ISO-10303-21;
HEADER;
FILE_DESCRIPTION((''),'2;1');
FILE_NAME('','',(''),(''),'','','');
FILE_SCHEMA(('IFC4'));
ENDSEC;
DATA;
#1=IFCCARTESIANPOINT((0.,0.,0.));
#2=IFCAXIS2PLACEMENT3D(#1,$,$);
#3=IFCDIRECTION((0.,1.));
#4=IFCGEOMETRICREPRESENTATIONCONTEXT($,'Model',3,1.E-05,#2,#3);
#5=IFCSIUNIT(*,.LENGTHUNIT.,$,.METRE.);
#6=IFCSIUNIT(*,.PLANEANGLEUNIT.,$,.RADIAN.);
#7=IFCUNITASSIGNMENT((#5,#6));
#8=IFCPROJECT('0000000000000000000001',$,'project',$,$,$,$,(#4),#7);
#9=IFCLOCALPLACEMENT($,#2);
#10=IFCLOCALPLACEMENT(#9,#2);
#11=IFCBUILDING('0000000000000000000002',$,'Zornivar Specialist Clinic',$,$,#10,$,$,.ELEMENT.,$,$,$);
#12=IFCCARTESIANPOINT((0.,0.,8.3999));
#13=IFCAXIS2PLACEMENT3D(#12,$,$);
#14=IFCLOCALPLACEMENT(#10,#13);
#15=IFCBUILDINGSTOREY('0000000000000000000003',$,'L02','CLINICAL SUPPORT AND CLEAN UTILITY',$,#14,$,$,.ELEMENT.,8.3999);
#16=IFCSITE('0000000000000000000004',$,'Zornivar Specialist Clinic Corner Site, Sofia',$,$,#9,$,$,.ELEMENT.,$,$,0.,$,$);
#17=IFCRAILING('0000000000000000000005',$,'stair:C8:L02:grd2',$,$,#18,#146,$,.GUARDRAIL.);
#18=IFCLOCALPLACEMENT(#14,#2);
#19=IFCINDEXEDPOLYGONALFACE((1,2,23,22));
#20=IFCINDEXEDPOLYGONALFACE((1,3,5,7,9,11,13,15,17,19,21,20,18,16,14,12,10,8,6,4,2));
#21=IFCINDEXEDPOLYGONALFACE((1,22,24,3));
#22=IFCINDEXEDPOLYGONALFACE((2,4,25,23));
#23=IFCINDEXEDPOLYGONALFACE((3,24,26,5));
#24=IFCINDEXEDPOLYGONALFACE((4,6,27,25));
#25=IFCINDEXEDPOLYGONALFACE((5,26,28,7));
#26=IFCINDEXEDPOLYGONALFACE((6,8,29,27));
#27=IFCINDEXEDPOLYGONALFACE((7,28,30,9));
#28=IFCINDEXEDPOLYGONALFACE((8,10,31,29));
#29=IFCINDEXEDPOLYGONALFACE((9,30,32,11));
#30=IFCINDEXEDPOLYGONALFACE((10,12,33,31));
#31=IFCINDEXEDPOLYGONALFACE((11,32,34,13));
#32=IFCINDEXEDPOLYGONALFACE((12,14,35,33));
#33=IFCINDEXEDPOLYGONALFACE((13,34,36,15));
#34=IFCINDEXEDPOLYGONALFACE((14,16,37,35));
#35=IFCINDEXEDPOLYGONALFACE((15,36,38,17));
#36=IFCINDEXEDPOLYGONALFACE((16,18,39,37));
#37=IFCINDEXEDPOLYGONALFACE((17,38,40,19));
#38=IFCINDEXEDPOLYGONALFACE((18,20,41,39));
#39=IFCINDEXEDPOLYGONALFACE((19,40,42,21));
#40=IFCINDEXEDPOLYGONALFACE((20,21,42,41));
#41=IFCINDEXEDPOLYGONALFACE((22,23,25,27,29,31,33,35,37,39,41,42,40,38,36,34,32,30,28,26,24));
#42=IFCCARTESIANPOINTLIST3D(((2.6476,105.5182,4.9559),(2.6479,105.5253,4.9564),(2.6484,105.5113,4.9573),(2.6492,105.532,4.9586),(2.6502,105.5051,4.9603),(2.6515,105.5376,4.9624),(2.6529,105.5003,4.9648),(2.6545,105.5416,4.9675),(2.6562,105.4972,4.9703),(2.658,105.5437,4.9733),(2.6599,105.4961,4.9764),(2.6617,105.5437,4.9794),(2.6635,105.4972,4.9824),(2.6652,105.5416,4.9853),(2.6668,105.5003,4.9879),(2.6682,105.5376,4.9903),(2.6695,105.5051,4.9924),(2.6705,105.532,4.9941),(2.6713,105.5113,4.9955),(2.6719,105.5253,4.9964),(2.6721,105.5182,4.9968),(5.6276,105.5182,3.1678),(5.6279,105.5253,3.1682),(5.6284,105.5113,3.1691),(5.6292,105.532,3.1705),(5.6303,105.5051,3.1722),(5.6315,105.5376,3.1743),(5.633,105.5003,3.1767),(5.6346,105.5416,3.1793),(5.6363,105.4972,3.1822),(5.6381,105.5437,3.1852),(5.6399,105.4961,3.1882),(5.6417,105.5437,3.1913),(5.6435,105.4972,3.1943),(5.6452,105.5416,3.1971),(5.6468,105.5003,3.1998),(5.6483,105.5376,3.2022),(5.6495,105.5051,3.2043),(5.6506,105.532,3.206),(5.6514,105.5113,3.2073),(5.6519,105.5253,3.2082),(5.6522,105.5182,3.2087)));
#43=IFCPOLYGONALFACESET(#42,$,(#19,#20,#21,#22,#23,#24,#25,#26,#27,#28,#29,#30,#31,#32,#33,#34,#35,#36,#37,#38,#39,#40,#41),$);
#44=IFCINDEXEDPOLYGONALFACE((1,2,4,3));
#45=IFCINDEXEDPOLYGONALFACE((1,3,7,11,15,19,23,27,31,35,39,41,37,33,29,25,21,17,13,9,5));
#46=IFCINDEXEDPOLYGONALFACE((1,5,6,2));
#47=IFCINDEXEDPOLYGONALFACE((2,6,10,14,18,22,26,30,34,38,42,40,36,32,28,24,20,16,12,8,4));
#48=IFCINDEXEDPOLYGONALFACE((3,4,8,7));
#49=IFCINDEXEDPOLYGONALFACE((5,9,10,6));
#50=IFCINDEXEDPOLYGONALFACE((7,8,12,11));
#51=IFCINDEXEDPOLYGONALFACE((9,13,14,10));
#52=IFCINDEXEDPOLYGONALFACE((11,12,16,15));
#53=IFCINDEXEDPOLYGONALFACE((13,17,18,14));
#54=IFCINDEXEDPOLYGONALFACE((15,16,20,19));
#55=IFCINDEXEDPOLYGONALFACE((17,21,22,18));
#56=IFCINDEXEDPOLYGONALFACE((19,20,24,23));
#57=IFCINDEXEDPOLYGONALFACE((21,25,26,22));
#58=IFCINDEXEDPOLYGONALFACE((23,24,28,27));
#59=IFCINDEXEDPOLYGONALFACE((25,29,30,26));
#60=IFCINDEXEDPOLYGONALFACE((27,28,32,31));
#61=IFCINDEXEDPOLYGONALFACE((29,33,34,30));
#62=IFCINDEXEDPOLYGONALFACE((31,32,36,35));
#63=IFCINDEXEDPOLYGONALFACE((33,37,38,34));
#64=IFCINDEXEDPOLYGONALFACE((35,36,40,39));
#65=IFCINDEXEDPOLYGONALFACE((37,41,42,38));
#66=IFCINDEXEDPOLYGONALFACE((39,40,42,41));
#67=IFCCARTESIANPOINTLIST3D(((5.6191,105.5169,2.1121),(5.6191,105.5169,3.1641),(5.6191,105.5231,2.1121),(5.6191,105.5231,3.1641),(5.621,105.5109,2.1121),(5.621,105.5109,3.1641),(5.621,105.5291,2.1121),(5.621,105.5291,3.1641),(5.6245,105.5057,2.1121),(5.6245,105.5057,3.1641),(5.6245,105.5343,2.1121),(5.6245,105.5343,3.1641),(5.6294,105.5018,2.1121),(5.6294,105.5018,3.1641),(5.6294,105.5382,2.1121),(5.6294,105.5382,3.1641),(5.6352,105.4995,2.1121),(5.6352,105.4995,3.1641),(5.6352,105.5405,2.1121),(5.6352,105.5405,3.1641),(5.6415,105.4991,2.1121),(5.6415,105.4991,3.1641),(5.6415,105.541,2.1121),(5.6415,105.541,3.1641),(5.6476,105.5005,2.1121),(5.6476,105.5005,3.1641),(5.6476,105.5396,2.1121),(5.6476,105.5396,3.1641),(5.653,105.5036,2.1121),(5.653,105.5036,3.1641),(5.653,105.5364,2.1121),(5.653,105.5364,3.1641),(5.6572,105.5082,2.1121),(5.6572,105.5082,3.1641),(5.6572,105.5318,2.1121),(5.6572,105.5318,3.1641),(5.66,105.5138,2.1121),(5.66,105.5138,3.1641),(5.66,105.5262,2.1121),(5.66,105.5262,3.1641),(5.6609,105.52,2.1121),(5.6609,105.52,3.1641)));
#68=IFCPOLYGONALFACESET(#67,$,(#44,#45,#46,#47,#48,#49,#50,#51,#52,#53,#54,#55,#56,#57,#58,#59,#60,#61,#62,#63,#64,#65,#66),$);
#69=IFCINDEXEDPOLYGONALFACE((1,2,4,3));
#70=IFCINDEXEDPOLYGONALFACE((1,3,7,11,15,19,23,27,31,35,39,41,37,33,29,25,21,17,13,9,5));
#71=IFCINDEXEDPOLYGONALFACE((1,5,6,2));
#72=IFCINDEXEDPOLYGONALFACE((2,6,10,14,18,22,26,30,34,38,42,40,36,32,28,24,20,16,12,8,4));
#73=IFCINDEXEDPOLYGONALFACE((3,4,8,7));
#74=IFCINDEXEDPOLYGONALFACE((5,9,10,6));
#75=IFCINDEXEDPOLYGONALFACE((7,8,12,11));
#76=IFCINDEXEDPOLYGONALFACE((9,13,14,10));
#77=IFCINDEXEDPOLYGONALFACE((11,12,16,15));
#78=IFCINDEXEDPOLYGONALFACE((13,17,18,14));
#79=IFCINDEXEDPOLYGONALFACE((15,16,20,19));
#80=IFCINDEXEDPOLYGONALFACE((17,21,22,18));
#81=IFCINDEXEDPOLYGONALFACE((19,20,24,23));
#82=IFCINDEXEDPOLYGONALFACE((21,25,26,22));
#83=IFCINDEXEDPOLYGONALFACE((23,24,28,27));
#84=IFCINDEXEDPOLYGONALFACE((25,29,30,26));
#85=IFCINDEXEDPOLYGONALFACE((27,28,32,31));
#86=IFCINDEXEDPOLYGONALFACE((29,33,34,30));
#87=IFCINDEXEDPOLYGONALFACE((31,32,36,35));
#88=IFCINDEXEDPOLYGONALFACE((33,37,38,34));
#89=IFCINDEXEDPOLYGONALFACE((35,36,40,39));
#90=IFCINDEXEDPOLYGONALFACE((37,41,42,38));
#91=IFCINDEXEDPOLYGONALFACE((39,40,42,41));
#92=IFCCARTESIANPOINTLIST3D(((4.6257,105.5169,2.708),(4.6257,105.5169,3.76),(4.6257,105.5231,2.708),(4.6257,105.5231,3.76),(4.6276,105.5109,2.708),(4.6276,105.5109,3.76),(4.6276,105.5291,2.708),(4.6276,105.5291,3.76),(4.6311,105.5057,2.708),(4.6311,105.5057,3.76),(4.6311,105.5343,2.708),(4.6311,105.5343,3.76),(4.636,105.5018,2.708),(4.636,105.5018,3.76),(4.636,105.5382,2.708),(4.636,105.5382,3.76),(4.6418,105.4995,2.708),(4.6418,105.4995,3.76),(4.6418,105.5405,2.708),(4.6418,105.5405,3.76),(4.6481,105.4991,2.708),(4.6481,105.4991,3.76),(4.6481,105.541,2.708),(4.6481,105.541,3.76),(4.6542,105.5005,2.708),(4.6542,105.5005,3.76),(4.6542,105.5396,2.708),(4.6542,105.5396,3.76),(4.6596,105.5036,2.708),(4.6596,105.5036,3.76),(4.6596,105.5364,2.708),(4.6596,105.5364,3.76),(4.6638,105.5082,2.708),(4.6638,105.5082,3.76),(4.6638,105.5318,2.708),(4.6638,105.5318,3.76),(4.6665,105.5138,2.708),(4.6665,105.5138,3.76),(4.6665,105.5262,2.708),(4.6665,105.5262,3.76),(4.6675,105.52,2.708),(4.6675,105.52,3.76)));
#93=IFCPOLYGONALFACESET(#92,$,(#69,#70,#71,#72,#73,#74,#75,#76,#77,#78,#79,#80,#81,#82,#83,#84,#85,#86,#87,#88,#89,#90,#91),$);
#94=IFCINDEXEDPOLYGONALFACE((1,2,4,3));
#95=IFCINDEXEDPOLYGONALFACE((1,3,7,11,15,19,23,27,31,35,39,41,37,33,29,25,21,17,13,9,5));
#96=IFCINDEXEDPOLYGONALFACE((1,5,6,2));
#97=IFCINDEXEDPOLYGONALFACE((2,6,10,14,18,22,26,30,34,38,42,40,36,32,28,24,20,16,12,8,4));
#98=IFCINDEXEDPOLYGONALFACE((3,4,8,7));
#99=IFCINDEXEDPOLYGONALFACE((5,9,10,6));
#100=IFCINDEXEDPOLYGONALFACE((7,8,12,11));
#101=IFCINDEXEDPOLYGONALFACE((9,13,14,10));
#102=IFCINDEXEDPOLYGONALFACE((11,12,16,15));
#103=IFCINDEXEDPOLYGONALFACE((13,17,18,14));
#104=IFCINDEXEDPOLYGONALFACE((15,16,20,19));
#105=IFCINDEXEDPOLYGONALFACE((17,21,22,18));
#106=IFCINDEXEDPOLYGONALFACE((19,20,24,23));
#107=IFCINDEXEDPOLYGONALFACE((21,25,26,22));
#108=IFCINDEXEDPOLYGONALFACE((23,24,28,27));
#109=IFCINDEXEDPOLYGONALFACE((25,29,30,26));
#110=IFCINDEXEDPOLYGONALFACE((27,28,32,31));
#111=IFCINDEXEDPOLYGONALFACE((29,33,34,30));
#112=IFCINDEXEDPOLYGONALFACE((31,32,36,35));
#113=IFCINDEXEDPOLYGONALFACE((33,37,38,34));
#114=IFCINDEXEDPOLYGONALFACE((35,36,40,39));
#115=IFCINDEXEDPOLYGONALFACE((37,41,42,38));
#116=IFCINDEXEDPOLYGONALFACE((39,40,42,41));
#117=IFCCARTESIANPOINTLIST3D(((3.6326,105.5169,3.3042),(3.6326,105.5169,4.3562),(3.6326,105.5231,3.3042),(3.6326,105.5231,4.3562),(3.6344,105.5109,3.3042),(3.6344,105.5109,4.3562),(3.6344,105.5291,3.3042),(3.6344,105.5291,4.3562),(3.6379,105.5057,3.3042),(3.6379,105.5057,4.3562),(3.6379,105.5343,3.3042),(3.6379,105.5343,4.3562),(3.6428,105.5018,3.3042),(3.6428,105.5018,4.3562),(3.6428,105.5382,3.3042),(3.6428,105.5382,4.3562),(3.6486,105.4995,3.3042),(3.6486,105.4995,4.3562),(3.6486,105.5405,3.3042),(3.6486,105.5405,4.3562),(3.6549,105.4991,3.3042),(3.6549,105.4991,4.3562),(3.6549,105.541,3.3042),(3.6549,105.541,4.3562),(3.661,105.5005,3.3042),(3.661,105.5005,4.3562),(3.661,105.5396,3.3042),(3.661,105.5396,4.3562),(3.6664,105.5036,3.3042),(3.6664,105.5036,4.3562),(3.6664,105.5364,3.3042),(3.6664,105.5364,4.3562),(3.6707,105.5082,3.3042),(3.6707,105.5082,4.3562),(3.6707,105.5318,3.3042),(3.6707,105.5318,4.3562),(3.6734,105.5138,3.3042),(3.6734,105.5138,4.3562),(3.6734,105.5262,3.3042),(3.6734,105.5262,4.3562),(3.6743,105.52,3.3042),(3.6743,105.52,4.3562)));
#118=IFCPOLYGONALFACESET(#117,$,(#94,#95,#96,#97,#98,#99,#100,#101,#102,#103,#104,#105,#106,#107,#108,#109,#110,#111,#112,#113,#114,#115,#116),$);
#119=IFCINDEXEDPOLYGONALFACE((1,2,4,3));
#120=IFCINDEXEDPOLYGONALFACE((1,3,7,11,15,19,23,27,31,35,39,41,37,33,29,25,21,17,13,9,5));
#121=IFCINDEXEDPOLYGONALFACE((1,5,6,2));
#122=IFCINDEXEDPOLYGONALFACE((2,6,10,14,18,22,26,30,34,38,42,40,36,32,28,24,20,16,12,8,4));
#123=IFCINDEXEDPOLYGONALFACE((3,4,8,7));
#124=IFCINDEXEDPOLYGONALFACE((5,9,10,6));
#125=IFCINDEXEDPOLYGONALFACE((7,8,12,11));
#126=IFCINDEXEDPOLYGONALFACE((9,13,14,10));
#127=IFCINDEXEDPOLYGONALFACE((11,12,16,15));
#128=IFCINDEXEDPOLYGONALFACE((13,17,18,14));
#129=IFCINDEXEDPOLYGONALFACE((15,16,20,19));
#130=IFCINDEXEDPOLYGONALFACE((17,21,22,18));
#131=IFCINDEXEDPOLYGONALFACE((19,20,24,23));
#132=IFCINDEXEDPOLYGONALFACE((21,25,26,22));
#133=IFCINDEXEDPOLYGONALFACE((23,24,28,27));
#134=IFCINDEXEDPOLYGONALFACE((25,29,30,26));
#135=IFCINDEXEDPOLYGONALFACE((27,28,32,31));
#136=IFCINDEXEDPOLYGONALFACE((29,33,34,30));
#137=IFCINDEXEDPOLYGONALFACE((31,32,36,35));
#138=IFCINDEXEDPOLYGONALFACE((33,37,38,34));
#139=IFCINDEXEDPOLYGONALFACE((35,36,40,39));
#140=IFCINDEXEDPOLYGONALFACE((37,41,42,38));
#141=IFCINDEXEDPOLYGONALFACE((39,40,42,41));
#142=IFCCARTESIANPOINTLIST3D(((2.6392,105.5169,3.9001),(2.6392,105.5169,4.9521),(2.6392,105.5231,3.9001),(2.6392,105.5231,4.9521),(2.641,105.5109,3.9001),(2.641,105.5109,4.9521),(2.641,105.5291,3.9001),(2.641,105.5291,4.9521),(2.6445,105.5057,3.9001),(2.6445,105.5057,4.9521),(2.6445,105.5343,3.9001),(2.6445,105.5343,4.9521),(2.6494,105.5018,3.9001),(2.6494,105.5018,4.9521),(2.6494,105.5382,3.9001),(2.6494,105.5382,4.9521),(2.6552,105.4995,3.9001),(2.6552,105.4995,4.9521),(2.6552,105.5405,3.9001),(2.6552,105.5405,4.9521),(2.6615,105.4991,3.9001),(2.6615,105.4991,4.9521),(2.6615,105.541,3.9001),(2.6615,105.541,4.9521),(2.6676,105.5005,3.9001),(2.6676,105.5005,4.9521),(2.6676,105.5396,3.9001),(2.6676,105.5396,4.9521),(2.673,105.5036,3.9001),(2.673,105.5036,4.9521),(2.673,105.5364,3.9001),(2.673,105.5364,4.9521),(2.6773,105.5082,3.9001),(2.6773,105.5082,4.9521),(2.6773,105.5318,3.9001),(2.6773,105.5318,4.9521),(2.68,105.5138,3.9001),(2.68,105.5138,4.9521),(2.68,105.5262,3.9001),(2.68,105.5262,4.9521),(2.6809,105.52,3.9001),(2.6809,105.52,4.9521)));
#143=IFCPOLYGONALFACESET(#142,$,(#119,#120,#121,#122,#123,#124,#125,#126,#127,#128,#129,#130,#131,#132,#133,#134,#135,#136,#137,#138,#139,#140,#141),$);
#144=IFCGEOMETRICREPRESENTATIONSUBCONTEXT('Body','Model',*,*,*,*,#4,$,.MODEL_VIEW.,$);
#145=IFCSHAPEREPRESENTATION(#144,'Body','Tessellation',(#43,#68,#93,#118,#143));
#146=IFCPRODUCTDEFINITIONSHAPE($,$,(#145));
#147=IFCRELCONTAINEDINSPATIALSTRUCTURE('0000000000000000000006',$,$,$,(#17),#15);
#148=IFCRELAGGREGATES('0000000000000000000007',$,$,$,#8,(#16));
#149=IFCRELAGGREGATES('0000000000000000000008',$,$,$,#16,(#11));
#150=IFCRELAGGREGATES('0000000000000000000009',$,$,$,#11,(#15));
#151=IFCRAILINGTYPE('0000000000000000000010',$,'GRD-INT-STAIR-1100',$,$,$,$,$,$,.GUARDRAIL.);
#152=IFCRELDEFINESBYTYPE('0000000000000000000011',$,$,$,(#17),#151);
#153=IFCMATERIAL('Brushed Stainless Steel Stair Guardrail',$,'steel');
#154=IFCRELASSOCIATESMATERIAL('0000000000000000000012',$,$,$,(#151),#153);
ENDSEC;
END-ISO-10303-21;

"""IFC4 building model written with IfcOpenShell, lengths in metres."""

from ifc_helpers import new_model, si_unit, direction, frame, origin, origin_2d, place, context, subcontext, project, spatial, circle, extrude, material, type_object, element, save


model = new_model("IFC4")

# Units and contexts
model_context = context("Model", 3, precision=1e-05, world=origin(), true_north=direction((0.0, 1.0)))
body_context = subcontext(model_context, "Body", "Model", "MODEL_VIEW")
ifc_project = project(units=[si_unit("LENGTHUNIT", "METRE"), si_unit("PLANEANGLEUNIT", "RADIAN")], contexts=[model_context])

# Site, building, storey
site_placement = place(None, origin())
site = spatial("IfcSite", under=ifc_project, at=site_placement, Name="Zornivar Specialist Clinic Corner Site, Sofia", CompositionType="ELEMENT", RefElevation=0.0)
building_placement = place(site_placement, origin())
building = spatial("IfcBuilding", under=site, at=building_placement, Name="Zornivar Specialist Clinic", CompositionType="ELEMENT")
storey_placement = place(building_placement, frame((0.0, 0.0, 8.3999)))
storey = spatial("IfcBuildingStorey", under=building, at=storey_placement, Name="L02", Description="CLINICAL SUPPORT AND CLEAN UTILITY", CompositionType="ELEMENT", Elevation=8.3999)

# Railing
ifc_material_1 = material(Name="Brushed Stainless Steel Stair Guardrail", Category="steel")
railing_type_1 = type_object("IfcRailingType", Name="GRD-INT-STAIR-1100", PredefinedType="GUARDRAIL", material=ifc_material_1)
railing_1_placement = place(storey_placement, frame((5.6399, 105.52, 2.1121)))
element("IfcRailing", 1, at=railing_1_placement, inside=storey, type_object=railing_type_1, Name="stair:C8:L02:grd2", PredefinedType="GUARDRAIL", context=body_context, shape_type="SweptSolid", body=[
    extrude(circle(Radius=0.0239, at=origin_2d()), frame((0.0, 0.0, 1.0762), z_axis=(-0.857481, 0.0, 0.514516), x_axis=(0.0, -1.0, 0.0)), (0.0, 0.0, 1.0), 3.4753),
    extrude(circle(Radius=0.021, at=origin_2d()), origin(), (0.0, 0.0, 1.0), 1.052),
    extrude(circle(Radius=0.021, at=origin_2d()), frame((-0.9934, 0.0, 0.5959)), (0.0, 0.0, 1.0), 1.052),
    extrude(circle(Radius=0.021, at=origin_2d()), frame((-1.9866, 0.0, 1.1921)), (0.0, 0.0, 1.0), 1.052),
    extrude(circle(Radius=0.021, at=origin_2d()), frame((-2.98, 0.0, 1.7881)), (0.0, 0.0, 1.0), 1.052),
])

save(model, "model.ifc")
